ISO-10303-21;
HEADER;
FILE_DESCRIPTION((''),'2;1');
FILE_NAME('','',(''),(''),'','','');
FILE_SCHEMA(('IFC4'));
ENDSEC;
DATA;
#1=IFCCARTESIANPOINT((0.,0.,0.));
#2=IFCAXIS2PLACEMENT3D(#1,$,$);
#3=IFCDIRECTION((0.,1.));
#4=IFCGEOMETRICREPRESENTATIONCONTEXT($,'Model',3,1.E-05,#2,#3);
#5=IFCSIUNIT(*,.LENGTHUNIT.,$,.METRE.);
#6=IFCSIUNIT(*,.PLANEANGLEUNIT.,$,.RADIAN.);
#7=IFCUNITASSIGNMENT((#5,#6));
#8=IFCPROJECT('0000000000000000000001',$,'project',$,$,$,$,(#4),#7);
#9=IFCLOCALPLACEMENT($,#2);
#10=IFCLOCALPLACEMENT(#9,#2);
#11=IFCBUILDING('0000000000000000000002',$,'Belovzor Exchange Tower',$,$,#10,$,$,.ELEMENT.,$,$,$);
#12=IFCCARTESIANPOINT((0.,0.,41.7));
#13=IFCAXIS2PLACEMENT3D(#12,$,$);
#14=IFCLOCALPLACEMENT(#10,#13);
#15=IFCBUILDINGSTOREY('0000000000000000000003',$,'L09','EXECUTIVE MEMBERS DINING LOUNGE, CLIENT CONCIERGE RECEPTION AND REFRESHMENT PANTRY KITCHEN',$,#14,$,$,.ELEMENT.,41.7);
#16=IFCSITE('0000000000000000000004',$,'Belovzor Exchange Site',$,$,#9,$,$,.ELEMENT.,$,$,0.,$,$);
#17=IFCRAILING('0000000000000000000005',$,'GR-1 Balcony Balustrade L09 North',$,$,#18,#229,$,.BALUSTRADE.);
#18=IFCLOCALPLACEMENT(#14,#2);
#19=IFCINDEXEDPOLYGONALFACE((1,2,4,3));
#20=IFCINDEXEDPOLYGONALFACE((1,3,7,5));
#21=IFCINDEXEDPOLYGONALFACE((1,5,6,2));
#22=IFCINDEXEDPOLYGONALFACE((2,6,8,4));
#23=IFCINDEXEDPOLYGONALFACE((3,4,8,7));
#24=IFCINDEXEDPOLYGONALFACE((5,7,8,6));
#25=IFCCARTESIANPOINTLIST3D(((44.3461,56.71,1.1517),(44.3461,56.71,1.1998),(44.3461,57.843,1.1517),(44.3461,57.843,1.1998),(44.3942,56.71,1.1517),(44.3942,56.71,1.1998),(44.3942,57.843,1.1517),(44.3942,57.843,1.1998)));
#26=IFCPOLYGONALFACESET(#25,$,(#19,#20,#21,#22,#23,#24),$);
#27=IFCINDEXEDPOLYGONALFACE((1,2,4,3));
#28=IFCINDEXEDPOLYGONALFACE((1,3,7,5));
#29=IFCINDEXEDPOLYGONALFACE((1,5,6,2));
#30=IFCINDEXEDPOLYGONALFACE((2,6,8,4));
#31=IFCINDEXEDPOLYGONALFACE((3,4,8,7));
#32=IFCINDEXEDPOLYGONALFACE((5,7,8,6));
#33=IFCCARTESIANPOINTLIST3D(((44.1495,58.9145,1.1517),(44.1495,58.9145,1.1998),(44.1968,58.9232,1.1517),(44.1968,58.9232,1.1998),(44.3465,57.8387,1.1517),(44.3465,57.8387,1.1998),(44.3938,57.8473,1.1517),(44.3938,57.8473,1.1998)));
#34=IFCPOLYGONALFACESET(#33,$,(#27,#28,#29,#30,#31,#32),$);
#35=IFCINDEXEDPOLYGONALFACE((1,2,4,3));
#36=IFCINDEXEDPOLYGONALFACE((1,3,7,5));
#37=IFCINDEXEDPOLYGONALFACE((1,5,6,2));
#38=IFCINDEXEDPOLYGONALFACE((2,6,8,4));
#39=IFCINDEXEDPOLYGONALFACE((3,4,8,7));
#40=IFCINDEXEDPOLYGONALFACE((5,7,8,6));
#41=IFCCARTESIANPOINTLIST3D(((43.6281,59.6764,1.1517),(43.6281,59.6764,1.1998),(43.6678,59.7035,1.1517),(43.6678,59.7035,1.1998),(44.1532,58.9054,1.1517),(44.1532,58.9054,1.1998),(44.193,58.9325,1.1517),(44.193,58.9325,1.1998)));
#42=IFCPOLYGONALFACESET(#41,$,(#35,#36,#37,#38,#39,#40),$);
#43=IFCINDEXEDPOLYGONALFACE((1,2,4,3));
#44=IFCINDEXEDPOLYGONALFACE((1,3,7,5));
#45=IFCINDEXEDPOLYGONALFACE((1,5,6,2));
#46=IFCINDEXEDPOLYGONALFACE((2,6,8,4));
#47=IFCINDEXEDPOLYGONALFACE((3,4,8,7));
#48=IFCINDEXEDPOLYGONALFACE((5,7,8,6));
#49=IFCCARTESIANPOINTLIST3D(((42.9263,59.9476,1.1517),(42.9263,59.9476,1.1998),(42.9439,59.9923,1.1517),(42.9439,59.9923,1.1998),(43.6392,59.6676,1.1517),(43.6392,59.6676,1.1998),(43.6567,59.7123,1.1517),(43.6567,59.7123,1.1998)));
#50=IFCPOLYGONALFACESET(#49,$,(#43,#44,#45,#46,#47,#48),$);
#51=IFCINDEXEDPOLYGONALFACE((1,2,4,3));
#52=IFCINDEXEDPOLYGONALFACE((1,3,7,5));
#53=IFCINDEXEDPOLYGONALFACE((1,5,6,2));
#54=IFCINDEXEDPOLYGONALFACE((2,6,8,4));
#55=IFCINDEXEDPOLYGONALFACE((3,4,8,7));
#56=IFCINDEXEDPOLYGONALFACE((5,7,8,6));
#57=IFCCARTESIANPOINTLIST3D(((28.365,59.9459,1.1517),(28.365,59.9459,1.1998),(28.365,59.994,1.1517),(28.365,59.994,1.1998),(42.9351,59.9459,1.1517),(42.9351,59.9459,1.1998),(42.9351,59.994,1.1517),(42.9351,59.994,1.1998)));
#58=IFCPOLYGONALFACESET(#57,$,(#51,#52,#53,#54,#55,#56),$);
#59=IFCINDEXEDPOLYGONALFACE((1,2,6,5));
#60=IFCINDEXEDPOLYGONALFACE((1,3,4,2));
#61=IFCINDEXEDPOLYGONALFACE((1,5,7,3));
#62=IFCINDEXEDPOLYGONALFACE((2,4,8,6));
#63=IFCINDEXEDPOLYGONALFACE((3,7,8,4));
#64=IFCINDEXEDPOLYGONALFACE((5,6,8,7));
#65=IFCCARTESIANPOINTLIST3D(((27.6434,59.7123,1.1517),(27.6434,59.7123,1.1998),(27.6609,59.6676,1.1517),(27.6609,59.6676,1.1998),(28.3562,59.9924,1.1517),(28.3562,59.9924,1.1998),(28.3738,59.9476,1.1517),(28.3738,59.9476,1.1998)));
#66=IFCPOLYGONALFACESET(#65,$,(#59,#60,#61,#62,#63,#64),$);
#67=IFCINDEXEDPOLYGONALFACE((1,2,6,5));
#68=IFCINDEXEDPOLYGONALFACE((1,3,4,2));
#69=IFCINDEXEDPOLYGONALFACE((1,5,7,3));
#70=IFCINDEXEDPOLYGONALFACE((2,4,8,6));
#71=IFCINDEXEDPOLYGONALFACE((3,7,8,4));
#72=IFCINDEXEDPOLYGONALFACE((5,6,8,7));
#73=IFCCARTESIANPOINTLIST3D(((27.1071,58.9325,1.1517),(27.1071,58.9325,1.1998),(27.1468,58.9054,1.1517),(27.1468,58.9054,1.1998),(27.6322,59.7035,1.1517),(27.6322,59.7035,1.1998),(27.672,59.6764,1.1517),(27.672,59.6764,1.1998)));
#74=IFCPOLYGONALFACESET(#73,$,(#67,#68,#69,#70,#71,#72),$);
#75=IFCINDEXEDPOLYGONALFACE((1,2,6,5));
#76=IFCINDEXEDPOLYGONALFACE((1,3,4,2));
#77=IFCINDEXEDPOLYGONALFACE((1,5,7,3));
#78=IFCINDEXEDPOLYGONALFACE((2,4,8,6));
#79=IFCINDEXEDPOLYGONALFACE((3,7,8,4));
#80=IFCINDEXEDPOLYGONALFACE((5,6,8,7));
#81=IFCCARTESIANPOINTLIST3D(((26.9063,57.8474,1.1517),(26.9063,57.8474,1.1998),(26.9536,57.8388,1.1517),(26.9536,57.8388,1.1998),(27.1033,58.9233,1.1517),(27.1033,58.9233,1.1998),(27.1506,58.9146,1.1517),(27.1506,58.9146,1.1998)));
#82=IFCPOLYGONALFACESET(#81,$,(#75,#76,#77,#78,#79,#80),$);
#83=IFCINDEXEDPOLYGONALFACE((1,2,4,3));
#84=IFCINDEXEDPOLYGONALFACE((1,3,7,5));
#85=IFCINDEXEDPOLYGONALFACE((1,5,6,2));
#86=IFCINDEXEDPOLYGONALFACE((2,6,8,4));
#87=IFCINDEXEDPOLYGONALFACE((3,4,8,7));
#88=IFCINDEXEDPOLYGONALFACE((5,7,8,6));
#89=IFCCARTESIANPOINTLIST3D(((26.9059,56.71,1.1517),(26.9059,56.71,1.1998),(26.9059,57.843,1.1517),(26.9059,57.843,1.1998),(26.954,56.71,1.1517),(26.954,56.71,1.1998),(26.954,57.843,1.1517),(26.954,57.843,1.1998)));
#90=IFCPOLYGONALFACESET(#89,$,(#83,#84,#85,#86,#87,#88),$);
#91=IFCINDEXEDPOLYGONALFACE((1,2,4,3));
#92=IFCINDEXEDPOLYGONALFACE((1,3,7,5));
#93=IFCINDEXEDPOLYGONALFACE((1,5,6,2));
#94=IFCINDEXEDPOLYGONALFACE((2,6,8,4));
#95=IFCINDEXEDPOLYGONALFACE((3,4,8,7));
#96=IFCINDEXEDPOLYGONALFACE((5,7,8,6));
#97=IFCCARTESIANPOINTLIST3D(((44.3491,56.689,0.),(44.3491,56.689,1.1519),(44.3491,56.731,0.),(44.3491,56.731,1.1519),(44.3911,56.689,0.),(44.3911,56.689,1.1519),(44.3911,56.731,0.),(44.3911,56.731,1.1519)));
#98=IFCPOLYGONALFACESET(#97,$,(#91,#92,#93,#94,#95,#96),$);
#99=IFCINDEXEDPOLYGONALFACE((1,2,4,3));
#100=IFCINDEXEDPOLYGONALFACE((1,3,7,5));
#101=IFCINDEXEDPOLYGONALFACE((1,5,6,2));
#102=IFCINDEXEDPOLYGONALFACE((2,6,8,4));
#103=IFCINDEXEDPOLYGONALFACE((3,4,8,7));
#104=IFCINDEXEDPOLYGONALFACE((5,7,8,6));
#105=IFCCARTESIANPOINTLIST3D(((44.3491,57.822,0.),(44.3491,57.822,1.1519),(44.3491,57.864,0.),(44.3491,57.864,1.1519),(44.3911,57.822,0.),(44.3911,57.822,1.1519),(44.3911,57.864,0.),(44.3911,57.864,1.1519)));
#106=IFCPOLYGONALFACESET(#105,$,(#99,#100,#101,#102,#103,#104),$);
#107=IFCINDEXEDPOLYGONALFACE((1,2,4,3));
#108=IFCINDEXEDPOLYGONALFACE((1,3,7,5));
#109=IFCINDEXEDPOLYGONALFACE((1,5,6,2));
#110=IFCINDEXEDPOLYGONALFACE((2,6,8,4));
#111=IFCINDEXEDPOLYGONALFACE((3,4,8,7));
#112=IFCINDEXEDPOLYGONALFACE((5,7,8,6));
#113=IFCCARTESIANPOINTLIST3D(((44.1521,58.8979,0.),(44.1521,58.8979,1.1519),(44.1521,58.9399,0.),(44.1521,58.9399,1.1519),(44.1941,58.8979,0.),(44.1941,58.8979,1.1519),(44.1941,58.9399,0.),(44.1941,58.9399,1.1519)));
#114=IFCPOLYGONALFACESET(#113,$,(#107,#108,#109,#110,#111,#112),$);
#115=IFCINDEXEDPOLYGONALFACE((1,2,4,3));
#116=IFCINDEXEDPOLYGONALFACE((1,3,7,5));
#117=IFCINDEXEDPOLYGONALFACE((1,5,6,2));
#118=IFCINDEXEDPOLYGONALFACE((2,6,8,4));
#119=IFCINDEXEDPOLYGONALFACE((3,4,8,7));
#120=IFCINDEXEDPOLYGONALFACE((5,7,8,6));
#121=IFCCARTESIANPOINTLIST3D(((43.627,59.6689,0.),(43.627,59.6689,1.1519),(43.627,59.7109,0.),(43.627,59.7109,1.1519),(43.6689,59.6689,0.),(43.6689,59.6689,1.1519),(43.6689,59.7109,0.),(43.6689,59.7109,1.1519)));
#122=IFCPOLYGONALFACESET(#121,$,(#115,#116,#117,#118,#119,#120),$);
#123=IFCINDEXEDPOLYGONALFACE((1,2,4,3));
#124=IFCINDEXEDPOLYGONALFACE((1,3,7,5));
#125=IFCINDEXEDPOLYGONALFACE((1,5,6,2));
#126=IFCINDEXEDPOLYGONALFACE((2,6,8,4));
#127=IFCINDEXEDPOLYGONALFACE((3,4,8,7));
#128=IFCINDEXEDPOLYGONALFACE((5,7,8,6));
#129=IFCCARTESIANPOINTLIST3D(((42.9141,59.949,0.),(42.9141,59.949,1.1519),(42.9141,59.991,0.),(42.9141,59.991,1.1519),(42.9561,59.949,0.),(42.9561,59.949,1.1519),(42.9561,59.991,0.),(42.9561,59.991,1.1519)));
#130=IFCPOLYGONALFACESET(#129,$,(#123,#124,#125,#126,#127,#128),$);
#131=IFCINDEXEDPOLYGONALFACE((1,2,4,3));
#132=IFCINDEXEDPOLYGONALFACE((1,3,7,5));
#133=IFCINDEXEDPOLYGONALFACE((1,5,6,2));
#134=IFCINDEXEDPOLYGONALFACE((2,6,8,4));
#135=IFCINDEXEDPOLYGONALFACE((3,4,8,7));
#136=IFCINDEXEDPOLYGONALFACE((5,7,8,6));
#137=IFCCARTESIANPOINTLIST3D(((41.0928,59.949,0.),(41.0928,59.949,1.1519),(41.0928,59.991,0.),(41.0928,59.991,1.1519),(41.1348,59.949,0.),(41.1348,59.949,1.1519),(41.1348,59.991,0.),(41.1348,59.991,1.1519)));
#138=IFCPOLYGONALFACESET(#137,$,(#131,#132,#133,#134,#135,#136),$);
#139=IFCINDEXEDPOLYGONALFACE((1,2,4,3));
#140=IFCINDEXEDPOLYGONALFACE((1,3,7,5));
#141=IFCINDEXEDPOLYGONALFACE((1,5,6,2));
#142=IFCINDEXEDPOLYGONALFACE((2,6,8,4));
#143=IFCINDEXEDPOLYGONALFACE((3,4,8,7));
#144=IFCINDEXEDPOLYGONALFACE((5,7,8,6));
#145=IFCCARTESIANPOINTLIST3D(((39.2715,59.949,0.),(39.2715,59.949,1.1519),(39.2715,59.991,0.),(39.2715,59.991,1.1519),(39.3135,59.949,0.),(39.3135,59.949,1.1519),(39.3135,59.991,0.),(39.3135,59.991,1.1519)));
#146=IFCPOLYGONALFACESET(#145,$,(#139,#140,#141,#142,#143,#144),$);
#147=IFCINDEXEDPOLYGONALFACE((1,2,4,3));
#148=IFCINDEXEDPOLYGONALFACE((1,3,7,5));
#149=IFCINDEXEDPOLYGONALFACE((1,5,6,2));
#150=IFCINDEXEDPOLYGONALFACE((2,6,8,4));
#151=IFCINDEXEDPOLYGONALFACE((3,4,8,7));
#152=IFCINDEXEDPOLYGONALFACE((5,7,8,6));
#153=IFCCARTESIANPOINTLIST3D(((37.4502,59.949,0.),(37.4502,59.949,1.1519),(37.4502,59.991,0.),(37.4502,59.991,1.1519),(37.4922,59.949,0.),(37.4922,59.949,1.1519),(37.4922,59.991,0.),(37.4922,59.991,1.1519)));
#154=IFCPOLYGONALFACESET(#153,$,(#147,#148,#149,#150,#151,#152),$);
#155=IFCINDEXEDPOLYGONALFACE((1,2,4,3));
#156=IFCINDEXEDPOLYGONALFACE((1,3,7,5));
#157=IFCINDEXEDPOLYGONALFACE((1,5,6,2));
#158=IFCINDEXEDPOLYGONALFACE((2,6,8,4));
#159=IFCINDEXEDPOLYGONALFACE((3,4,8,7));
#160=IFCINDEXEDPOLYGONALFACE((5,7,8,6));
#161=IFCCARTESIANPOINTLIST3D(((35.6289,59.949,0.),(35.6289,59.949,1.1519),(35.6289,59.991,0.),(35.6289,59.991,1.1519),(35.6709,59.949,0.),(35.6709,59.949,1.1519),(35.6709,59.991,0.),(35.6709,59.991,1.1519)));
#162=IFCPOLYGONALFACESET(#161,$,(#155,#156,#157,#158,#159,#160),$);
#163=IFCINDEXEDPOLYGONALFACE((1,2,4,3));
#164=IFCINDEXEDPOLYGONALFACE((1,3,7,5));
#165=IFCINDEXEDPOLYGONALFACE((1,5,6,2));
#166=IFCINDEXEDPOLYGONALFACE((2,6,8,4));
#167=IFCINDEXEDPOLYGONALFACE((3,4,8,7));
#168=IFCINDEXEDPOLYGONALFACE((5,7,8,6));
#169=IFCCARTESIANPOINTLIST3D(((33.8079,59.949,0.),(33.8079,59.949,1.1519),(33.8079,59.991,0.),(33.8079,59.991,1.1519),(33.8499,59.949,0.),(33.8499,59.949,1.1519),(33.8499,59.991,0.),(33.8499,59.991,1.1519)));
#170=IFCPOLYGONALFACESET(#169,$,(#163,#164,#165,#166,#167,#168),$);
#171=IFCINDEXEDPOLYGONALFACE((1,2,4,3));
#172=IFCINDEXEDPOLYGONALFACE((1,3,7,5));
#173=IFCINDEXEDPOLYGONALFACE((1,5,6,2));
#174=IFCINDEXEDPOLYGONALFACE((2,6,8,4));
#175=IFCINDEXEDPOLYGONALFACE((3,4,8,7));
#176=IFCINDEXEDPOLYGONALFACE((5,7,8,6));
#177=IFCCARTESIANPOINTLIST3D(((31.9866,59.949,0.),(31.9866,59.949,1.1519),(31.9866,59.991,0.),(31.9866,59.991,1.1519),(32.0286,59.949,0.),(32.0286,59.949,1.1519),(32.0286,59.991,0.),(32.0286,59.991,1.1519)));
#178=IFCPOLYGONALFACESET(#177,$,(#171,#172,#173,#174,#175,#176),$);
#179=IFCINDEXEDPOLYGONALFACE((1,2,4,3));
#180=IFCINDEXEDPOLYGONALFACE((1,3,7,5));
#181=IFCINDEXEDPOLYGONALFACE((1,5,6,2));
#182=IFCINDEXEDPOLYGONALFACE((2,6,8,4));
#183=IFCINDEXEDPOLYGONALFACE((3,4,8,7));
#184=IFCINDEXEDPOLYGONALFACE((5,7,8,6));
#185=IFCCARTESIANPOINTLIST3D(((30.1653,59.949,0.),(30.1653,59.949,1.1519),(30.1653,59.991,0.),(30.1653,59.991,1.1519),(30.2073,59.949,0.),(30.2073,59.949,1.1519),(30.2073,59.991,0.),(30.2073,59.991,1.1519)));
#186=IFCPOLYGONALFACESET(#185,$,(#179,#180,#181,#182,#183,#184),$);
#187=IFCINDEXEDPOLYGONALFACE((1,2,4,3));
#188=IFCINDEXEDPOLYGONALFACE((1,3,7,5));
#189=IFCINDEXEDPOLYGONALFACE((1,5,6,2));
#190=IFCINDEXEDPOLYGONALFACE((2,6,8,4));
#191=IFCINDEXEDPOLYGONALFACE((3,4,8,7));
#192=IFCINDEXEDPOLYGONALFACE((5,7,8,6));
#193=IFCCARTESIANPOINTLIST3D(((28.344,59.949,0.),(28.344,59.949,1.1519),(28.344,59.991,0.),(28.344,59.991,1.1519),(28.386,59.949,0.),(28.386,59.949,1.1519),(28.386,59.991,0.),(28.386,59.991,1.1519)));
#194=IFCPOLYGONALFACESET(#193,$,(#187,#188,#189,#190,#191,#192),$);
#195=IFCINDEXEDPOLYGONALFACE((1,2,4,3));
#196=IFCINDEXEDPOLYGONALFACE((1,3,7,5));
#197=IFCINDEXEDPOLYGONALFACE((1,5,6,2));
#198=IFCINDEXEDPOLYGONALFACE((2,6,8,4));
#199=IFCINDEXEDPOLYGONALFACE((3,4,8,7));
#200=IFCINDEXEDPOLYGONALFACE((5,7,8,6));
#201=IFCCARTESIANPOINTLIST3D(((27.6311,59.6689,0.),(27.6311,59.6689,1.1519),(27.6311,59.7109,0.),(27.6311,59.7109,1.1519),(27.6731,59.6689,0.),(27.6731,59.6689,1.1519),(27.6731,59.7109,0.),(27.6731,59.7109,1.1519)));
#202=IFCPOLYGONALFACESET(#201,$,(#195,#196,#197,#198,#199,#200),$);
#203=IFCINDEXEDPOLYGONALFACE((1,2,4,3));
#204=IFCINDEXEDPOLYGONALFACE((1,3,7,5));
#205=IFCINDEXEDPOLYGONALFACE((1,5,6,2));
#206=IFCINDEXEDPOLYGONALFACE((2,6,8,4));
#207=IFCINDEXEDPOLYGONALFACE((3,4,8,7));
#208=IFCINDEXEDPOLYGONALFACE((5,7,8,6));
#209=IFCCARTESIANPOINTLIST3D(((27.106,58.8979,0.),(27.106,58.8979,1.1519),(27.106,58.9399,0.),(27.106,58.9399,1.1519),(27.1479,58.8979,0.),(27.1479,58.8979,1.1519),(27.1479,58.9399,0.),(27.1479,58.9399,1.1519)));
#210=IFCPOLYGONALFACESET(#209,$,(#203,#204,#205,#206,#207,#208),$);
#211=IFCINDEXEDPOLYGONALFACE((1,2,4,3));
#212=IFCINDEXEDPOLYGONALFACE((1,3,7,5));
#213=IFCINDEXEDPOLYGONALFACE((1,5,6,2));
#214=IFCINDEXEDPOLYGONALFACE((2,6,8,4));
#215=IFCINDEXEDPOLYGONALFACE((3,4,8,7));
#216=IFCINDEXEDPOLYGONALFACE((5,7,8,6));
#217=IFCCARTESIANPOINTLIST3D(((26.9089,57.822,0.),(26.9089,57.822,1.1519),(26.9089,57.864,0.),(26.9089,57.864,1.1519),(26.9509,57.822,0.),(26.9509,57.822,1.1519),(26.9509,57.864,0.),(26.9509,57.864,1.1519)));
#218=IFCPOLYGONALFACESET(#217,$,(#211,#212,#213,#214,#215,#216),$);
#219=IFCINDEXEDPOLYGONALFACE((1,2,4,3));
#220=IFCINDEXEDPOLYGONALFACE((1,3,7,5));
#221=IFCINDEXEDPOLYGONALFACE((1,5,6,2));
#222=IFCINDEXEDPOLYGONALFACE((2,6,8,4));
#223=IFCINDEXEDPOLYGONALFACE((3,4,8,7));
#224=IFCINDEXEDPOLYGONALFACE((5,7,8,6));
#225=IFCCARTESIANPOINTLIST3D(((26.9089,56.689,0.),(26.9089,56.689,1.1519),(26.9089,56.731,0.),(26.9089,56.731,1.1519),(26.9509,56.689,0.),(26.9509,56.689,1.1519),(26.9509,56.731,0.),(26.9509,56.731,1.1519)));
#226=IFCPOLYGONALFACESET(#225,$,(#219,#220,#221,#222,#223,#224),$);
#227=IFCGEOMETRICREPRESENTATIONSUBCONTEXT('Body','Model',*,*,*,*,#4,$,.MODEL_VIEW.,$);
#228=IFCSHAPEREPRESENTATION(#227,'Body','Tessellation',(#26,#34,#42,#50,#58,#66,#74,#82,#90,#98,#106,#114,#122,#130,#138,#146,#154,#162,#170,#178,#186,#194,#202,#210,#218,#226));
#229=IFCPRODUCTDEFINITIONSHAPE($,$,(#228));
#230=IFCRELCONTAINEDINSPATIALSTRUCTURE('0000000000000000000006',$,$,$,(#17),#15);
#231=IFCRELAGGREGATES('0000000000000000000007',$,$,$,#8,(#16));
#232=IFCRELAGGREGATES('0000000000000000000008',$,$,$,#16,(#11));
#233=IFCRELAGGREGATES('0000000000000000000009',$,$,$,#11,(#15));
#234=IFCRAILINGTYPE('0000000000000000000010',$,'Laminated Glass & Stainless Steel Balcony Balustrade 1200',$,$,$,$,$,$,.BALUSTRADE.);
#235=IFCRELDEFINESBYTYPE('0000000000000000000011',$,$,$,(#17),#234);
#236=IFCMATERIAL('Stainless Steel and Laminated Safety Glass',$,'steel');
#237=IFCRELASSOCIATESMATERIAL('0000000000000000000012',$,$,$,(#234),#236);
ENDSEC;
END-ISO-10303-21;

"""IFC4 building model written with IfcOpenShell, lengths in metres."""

from ifc_helpers import new_model, si_unit, direction, frame, origin, origin_2d, place, context, subcontext, project, spatial, rectangle, extrude, material, type_object, element, save


model = new_model("IFC4")

# Units and contexts
model_context = context("Model", 3, precision=1e-05, world=origin(), true_north=direction((0.0, 1.0)))
body_context = subcontext(model_context, "Body", "Model", "MODEL_VIEW")
ifc_project = project(units=[si_unit("LENGTHUNIT", "METRE"), si_unit("PLANEANGLEUNIT", "RADIAN")], contexts=[model_context])

# Site, building, storey
site_placement = place(None, origin())
site = spatial("IfcSite", under=ifc_project, at=site_placement, Name="Belovzor Exchange Site", CompositionType="ELEMENT", RefElevation=0.0)
building_placement = place(site_placement, origin())
building = spatial("IfcBuilding", under=site, at=building_placement, Name="Belovzor Exchange Tower", CompositionType="ELEMENT")
storey_placement = place(building_placement, frame((0.0, 0.0, 41.7)))
storey = spatial("IfcBuildingStorey", under=building, at=storey_placement, Name="L09", Description="EXECUTIVE MEMBERS DINING LOUNGE, CLIENT CONCIERGE RECEPTION AND REFRESHMENT PANTRY KITCHEN", CompositionType="ELEMENT", Elevation=41.7)

# Railing
ifc_material_1 = material(Name="Stainless Steel and Laminated Safety Glass", Category="steel")
railing_type = type_object("IfcRailingType", Name="Laminated Glass & Stainless Steel Balcony Balustrade 1200", PredefinedType="BALUSTRADE", material=ifc_material_1)
railing_placement = place(storey_placement, frame((44.3701, 56.71, 0.0)))
element("IfcRailing", 1, at=railing_placement, inside=storey, type_object=railing_type, Name="GR-1 Balcony Balustrade L09 North", PredefinedType="BALUSTRADE", context=body_context, shape_type="SweptSolid", body=[
    extrude(rectangle(XDim=0.0481, YDim=0.0481, at=origin_2d()), frame((0.0, 0.0, 1.1758), z_axis=(0.0, 1.0, 0.0), x_axis=(-1.0, 0.0, 0.0)), (0.0, 0.0, 1.0), 1.1331),
    extrude(rectangle(XDim=0.0481, YDim=0.0481, at=origin_2d()), frame((0.0, 1.1331, 1.1758), z_axis=(-0.180123, 0.983644, 0.0), x_axis=(-0.983644, -0.180123, 0.0)), (0.0, 0.0, 1.0), 1.0938),
    extrude(rectangle(XDim=0.0481, YDim=0.0481, at=origin_2d()), frame((-0.197, 2.209, 1.1758), z_axis=(-0.562947, 0.826493, 0.0), x_axis=(-0.826493, -0.562947, 0.0)), (0.0, 0.0, 1.0), 0.9329),
    extrude(rectangle(XDim=0.0481, YDim=0.0481, at=origin_2d()), frame((-0.7222, 2.98, 1.1758), z_axis=(-0.930767, 0.365613, 0.0), x_axis=(-0.365613, -0.930767, 0.0)), (0.0, 0.0, 1.0), 0.7659),
    extrude(rectangle(XDim=0.0481, YDim=0.0481, at=origin_2d()), frame((-1.4351, 3.26, 1.1758), z_axis=(-1.0, 0.0, 0.0), x_axis=(0.0, -1.0, 0.0)), (0.0, 0.0, 1.0), 14.5701),
    extrude(rectangle(XDim=0.0481, YDim=0.0481, at=origin_2d()), frame((-16.0051, 3.26, 1.1758), z_axis=(-0.930767, -0.365613, 0.0), x_axis=(0.365613, -0.930767, 0.0)), (0.0, 0.0, 1.0), 0.7659),
    extrude(rectangle(XDim=0.0481, YDim=0.0481, at=origin_2d()), frame((-16.718, 2.98, 1.1758), z_axis=(-0.562947, -0.826493, 0.0), x_axis=(0.826493, -0.562947, 0.0)), (0.0, 0.0, 1.0), 0.9329),
    extrude(rectangle(XDim=0.0481, YDim=0.0481, at=origin_2d()), frame((-17.2432, 2.209, 1.1758), z_axis=(-0.180123, -0.983644, 0.0), x_axis=(0.983644, -0.180123, 0.0)), (0.0, 0.0, 1.0), 1.0938),
    extrude(rectangle(XDim=0.0481, YDim=0.0481, at=origin_2d()), frame((-17.4402, 1.1331, 1.1758), z_axis=(0.0, -1.0, 0.0), x_axis=(1.0, 0.0, 0.0)), (0.0, 0.0, 1.0), 1.1331),
    extrude(rectangle(XDim=0.042, YDim=0.042, at=origin_2d()), origin(), (0.0, 0.0, 1.0), 1.1519),
    extrude(rectangle(XDim=0.042, YDim=0.042, at=origin_2d()), frame((0.0, 1.1331, 0.0)), (0.0, 0.0, 1.0), 1.1519),
    extrude(rectangle(XDim=0.042, YDim=0.042, at=origin_2d()), frame((-0.197, 2.209, 0.0)), (0.0, 0.0, 1.0), 1.1519),
    extrude(rectangle(XDim=0.042, YDim=0.042, at=origin_2d()), frame((-0.7222, 2.98, 0.0)), (0.0, 0.0, 1.0), 1.1519),
    extrude(rectangle(XDim=0.042, YDim=0.042, at=origin_2d()), frame((-1.4351, 3.26, 0.0)), (0.0, 0.0, 1.0), 1.1519),
    extrude(rectangle(XDim=0.042, YDim=0.042, at=origin_2d()), frame((-3.2563, 3.26, 0.0)), (0.0, 0.0, 1.0), 1.1519),
    extrude(rectangle(XDim=0.042, YDim=0.042, at=origin_2d()), frame((-5.0776, 3.26, 0.0)), (0.0, 0.0, 1.0), 1.1519),
    extrude(rectangle(XDim=0.042, YDim=0.042, at=origin_2d()), frame((-6.8989, 3.26, 0.0)), (0.0, 0.0, 1.0), 1.1519),
    extrude(rectangle(XDim=0.042, YDim=0.042, at=origin_2d()), frame((-8.7202, 3.26, 0.0)), (0.0, 0.0, 1.0), 1.1519),
    extrude(rectangle(XDim=0.042, YDim=0.042, at=origin_2d()), frame((-10.5413, 3.26, 0.0)), (0.0, 0.0, 1.0), 1.1519),
    extrude(rectangle(XDim=0.042, YDim=0.042, at=origin_2d()), frame((-12.3625, 3.26, 0.0)), (0.0, 0.0, 1.0), 1.1519),
    extrude(rectangle(XDim=0.042, YDim=0.042, at=origin_2d()), frame((-14.1838, 3.26, 0.0)), (0.0, 0.0, 1.0), 1.1519),
    extrude(rectangle(XDim=0.042, YDim=0.042, at=origin_2d()), frame((-16.0051, 3.26, 0.0)), (0.0, 0.0, 1.0), 1.1519),
    extrude(rectangle(XDim=0.042, YDim=0.042, at=origin_2d()), frame((-16.718, 2.98, 0.0)), (0.0, 0.0, 1.0), 1.1519),
    extrude(rectangle(XDim=0.042, YDim=0.042, at=origin_2d()), frame((-17.2432, 2.209, 0.0)), (0.0, 0.0, 1.0), 1.1519),
    extrude(rectangle(XDim=0.042, YDim=0.042, at=origin_2d()), frame((-17.4402, 1.1331, 0.0)), (0.0, 0.0, 1.0), 1.1519),
    extrude(rectangle(XDim=0.042, YDim=0.042, at=origin_2d()), frame((-17.4402, 0.0, 0.0)), (0.0, 0.0, 1.0), 1.1519),
])

save(model, "model.ifc")
